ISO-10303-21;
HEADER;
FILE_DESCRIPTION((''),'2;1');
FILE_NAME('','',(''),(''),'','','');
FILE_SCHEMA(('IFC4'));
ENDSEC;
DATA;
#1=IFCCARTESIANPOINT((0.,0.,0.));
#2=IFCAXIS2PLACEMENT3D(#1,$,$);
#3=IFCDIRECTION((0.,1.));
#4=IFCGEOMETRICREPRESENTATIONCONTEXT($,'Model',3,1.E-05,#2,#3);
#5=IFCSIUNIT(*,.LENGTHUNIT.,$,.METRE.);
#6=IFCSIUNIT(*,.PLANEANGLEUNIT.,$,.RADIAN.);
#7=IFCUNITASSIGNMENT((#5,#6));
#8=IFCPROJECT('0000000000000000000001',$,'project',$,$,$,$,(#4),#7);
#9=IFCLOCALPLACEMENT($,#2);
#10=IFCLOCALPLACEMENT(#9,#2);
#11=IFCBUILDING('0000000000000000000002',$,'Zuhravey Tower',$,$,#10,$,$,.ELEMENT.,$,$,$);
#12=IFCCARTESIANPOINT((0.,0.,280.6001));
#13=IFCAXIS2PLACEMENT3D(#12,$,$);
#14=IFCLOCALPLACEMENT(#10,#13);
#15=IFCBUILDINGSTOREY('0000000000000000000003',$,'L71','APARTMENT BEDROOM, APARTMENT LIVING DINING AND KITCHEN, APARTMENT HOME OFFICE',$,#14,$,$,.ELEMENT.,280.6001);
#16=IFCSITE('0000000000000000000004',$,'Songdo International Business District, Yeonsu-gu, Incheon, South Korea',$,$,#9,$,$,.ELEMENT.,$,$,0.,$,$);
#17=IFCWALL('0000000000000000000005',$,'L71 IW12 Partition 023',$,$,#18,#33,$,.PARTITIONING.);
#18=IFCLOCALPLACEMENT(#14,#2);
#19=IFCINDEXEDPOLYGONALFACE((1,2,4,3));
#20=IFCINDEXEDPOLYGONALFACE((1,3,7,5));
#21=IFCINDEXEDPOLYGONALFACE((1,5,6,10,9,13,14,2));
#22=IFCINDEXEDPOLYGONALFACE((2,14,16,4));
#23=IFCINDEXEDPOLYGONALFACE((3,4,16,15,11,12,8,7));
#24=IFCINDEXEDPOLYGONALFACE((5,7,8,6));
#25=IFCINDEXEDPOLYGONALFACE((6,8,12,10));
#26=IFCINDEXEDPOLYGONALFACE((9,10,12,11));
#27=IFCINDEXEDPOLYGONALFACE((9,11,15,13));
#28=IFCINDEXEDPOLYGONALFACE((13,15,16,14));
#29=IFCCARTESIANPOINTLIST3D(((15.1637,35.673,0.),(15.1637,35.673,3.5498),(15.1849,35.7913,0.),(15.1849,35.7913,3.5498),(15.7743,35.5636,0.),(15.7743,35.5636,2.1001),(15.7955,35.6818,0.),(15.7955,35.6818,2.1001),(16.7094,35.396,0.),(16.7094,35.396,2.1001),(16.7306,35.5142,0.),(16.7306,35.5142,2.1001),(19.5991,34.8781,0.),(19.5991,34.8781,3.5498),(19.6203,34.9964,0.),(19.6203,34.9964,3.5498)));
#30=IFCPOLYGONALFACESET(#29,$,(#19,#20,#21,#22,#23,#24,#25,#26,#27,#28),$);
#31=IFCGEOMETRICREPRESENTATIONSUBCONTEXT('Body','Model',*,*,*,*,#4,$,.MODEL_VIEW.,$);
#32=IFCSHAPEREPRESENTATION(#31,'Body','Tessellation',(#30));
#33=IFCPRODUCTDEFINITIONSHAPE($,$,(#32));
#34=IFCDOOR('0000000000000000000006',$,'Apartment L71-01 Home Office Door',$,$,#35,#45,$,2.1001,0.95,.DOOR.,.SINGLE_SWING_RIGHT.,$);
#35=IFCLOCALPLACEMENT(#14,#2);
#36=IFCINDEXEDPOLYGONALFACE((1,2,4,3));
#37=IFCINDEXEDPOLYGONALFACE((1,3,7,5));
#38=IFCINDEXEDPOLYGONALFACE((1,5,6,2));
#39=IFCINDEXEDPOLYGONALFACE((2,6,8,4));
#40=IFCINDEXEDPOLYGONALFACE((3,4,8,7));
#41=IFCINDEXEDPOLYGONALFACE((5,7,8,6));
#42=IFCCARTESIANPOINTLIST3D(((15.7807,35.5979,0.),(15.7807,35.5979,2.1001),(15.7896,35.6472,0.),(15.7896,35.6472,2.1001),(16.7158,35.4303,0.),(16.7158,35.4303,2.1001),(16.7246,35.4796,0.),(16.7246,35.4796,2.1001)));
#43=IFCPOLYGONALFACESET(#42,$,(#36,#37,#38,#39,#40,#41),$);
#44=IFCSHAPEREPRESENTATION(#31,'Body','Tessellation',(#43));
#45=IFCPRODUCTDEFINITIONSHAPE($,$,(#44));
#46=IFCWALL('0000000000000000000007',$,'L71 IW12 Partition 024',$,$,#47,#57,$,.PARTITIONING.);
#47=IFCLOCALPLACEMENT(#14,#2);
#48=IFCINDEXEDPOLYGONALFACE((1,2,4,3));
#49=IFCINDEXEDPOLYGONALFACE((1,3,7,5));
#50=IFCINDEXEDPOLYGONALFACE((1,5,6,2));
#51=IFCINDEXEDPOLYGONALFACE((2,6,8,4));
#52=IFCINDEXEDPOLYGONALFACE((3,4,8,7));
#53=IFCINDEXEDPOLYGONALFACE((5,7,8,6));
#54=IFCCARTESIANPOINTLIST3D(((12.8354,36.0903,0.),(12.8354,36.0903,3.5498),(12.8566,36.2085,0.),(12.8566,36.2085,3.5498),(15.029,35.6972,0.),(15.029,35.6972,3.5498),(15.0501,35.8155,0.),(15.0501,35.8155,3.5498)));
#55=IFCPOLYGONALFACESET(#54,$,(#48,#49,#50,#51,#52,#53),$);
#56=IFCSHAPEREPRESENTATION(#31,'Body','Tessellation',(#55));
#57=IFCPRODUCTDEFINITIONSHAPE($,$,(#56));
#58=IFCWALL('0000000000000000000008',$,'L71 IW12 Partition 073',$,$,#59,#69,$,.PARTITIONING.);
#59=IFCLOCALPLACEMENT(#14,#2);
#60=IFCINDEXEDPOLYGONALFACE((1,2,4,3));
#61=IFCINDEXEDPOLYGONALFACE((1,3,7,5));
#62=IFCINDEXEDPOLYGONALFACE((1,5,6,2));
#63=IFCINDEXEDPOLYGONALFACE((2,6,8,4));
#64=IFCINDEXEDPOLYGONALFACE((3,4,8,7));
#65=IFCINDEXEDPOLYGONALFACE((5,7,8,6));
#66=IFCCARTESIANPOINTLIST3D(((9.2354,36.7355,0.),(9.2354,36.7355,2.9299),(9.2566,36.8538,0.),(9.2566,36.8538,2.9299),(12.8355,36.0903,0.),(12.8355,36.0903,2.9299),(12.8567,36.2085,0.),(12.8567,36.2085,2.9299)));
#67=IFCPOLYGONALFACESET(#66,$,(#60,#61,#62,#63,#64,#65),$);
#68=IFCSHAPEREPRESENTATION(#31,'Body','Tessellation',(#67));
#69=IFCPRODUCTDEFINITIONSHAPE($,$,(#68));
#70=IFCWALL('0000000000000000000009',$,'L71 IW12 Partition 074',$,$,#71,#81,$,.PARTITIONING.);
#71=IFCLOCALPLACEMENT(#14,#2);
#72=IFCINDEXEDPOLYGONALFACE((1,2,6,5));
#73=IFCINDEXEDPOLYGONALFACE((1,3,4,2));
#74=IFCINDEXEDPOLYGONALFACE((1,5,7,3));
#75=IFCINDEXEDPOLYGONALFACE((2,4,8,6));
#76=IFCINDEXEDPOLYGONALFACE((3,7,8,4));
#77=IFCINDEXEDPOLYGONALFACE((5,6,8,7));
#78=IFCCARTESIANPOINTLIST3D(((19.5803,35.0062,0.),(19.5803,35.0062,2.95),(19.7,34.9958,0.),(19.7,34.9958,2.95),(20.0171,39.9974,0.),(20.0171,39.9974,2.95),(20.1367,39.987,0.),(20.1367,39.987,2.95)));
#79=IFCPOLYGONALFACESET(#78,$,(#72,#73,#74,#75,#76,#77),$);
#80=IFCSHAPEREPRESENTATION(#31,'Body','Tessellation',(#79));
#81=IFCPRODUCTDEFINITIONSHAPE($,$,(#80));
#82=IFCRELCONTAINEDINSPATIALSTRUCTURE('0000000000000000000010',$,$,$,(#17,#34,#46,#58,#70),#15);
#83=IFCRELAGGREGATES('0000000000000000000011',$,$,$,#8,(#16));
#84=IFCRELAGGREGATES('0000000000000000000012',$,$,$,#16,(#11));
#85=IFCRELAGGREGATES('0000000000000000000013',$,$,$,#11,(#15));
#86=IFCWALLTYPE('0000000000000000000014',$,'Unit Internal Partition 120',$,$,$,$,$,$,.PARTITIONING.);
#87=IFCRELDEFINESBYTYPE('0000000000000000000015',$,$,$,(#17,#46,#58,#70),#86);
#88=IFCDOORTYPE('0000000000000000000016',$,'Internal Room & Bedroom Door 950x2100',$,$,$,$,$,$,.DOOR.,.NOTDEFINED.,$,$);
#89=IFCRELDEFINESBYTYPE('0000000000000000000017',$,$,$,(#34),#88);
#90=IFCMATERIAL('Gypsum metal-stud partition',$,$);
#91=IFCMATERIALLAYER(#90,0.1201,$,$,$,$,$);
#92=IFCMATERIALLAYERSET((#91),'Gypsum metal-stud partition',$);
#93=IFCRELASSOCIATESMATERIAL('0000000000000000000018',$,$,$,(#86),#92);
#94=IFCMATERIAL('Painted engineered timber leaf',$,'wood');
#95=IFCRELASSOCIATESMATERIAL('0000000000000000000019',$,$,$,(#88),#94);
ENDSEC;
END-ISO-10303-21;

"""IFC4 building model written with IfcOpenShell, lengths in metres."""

from ifc_helpers import new_model, si_unit, direction, frame, frame_2d, origin, place, context, subcontext, project, spatial, rectangle, extrude, material, layer, layer_set, type_object, element, fill, save


model = new_model("IFC4")

# Units and contexts
model_context = context("Model", 3, precision=1e-05, world=origin(), true_north=direction((0.0, 1.0)))
body_context = subcontext(model_context, "Body", "Model", "MODEL_VIEW")
ifc_project = project(units=[si_unit("LENGTHUNIT", "METRE"), si_unit("PLANEANGLEUNIT", "RADIAN")], contexts=[model_context])

# Site, building, storey
site_placement = place(None, origin())
site = spatial("IfcSite", under=ifc_project, at=site_placement, Name="Songdo International Business District, Yeonsu-gu, Incheon, South Korea", CompositionType="ELEMENT", RefElevation=0.0)
building_placement = place(site_placement, origin())
building = spatial("IfcBuilding", under=site, at=building_placement, Name="Zuhravey Tower", CompositionType="ELEMENT")
storey_placement = place(building_placement, frame((0.0, 0.0, 280.6001)))
storey = spatial("IfcBuildingStorey", under=building, at=storey_placement, Name="L71", Description="APARTMENT BEDROOM, APARTMENT LIVING DINING AND KITCHEN, APARTMENT HOME OFFICE", CompositionType="ELEMENT", Elevation=280.6001)

# Shared definitions
ifc_material_1 = material(Name="Gypsum metal-stud partition")
ifc_layer_1 = layer(ifc_material_1, 0.1201)
ifc_layer_set_1 = layer_set([ifc_layer_1], Name="Gypsum metal-stud partition")
wall_type_1 = type_object("IfcWallType", Name="Unit Internal Partition 120", PredefinedType="PARTITIONING", material=ifc_layer_set_1)
ifc_material_2 = material(Name="Painted engineered timber leaf", Category="wood")
door_type_1 = type_object("IfcDoorType", Name="Internal Room & Bedroom Door 950x2100", OperationType="NOTDEFINED", PredefinedType="DOOR", material=ifc_material_2)

# Wall, opening, door
wall_1_placement = place(storey_placement, frame((19.6096, 34.9373, 0.0), z_axis=(0.0, 0.0, 1.0), x_axis=(-0.984318, 0.176406, 0.0)))
wall_1 = element("IfcWall", 1, at=wall_1_placement, inside=storey, type_object=wall_type_1, Name="L71 IW12 Partition 023", PredefinedType="PARTITIONING", context=body_context, shape_type="SweptSolid", body=[
    extrude(rectangle(XDim=4.5061, YDim=0.1201, at=frame_2d((2.2529, 0.0))), origin(), (0.0, 0.0, 1.0), 3.5498),
])
opening_1_placement = place(wall_1_placement, frame((2.9355, 0.0, 0.0)))
opening_1 = element("IfcOpeningElement", 2, at=opening_1_placement, cuts=wall_1, PredefinedType="OPENING", context=body_context, shape_type="SweptSolid", body=[
    extrude(rectangle(XDim=0.95, YDim=2.1001, at=frame_2d((0.4751, 1.05))), frame((0.0, 0.072, 0.0), z_axis=(0.0, -1.0, 0.0), x_axis=(1.0, 0.0, 0.0)), (0.0, 0.0, 1.0), 0.144),
])
door_1_placement = place(opening_1_placement, frame((0.95, 0.0, 0.0), z_axis=(0.0, 0.0, 1.0), x_axis=(-1.0, 0.0, 0.0)))
door_1 = element("IfcDoor", 3, at=door_1_placement, inside=storey, type_object=door_type_1, Name="Apartment L71-01 Home Office Door", OperationType="SINGLE_SWING_RIGHT", OverallHeight=2.1001, OverallWidth=0.95, PredefinedType="DOOR", context=body_context, shape_type="SweptSolid", body=[
    extrude(rectangle(XDim=0.95, YDim=2.1001, at=frame_2d((0.4751, 1.05))), frame((0.0, 0.0249, 0.0), z_axis=(0.0, -1.0, 0.0), x_axis=(1.0, 0.0, 0.0)), (0.0, 0.0, 1.0), 0.05),
])
fill(opening_1, door_1)

# Walls
wall_2_placement = place(storey_placement, frame((15.0396, 35.7563, 0.0), z_axis=(0.0, 0.0, 1.0), x_axis=(-0.984322, 0.176378, 0.0)))
element("IfcWall", 4, at=wall_2_placement, inside=storey, type_object=wall_type_1, Name="L71 IW12 Partition 024", PredefinedType="PARTITIONING", context=body_context, shape_type="SweptSolid", body=[
    extrude(rectangle(XDim=2.2285, YDim=0.1201, at=frame_2d((1.1143, 0.0))), origin(), (0.0, 0.0, 1.0), 3.5498),
])
wall_3_placement = place(storey_placement, frame((12.8459, 36.1494, 0.0), z_axis=(0.0, 0.0, 1.0), x_axis=(-0.984314, 0.176424, 0.0)))
element("IfcWall", 5, at=wall_3_placement, inside=storey, type_object=wall_type_1, Name="L71 IW12 Partition 073", PredefinedType="PARTITIONING", context=body_context, shape_type="SweptSolid", body=[
    extrude(rectangle(XDim=3.6575, YDim=0.1201, at=frame_2d((1.8286, 0.0))), origin(), (0.0, 0.0, 1.0), 2.9299),
])
wall_4_placement = place(storey_placement, frame((20.0769, 39.9922, 0.0), z_axis=(0.0, 0.0, 1.0), x_axis=(-0.087174, -0.996193, 0.0)))
element("IfcWall", 6, at=wall_4_placement, inside=storey, type_object=wall_type_1, Name="L71 IW12 Partition 074", PredefinedType="PARTITIONING", context=body_context, shape_type="SweptSolid", body=[
    extrude(rectangle(XDim=5.0103, YDim=0.1201, at=frame_2d((2.5051, 0.0))), origin(), (0.0, 0.0, 1.0), 2.95),
])

save(model, "model.ifc")
